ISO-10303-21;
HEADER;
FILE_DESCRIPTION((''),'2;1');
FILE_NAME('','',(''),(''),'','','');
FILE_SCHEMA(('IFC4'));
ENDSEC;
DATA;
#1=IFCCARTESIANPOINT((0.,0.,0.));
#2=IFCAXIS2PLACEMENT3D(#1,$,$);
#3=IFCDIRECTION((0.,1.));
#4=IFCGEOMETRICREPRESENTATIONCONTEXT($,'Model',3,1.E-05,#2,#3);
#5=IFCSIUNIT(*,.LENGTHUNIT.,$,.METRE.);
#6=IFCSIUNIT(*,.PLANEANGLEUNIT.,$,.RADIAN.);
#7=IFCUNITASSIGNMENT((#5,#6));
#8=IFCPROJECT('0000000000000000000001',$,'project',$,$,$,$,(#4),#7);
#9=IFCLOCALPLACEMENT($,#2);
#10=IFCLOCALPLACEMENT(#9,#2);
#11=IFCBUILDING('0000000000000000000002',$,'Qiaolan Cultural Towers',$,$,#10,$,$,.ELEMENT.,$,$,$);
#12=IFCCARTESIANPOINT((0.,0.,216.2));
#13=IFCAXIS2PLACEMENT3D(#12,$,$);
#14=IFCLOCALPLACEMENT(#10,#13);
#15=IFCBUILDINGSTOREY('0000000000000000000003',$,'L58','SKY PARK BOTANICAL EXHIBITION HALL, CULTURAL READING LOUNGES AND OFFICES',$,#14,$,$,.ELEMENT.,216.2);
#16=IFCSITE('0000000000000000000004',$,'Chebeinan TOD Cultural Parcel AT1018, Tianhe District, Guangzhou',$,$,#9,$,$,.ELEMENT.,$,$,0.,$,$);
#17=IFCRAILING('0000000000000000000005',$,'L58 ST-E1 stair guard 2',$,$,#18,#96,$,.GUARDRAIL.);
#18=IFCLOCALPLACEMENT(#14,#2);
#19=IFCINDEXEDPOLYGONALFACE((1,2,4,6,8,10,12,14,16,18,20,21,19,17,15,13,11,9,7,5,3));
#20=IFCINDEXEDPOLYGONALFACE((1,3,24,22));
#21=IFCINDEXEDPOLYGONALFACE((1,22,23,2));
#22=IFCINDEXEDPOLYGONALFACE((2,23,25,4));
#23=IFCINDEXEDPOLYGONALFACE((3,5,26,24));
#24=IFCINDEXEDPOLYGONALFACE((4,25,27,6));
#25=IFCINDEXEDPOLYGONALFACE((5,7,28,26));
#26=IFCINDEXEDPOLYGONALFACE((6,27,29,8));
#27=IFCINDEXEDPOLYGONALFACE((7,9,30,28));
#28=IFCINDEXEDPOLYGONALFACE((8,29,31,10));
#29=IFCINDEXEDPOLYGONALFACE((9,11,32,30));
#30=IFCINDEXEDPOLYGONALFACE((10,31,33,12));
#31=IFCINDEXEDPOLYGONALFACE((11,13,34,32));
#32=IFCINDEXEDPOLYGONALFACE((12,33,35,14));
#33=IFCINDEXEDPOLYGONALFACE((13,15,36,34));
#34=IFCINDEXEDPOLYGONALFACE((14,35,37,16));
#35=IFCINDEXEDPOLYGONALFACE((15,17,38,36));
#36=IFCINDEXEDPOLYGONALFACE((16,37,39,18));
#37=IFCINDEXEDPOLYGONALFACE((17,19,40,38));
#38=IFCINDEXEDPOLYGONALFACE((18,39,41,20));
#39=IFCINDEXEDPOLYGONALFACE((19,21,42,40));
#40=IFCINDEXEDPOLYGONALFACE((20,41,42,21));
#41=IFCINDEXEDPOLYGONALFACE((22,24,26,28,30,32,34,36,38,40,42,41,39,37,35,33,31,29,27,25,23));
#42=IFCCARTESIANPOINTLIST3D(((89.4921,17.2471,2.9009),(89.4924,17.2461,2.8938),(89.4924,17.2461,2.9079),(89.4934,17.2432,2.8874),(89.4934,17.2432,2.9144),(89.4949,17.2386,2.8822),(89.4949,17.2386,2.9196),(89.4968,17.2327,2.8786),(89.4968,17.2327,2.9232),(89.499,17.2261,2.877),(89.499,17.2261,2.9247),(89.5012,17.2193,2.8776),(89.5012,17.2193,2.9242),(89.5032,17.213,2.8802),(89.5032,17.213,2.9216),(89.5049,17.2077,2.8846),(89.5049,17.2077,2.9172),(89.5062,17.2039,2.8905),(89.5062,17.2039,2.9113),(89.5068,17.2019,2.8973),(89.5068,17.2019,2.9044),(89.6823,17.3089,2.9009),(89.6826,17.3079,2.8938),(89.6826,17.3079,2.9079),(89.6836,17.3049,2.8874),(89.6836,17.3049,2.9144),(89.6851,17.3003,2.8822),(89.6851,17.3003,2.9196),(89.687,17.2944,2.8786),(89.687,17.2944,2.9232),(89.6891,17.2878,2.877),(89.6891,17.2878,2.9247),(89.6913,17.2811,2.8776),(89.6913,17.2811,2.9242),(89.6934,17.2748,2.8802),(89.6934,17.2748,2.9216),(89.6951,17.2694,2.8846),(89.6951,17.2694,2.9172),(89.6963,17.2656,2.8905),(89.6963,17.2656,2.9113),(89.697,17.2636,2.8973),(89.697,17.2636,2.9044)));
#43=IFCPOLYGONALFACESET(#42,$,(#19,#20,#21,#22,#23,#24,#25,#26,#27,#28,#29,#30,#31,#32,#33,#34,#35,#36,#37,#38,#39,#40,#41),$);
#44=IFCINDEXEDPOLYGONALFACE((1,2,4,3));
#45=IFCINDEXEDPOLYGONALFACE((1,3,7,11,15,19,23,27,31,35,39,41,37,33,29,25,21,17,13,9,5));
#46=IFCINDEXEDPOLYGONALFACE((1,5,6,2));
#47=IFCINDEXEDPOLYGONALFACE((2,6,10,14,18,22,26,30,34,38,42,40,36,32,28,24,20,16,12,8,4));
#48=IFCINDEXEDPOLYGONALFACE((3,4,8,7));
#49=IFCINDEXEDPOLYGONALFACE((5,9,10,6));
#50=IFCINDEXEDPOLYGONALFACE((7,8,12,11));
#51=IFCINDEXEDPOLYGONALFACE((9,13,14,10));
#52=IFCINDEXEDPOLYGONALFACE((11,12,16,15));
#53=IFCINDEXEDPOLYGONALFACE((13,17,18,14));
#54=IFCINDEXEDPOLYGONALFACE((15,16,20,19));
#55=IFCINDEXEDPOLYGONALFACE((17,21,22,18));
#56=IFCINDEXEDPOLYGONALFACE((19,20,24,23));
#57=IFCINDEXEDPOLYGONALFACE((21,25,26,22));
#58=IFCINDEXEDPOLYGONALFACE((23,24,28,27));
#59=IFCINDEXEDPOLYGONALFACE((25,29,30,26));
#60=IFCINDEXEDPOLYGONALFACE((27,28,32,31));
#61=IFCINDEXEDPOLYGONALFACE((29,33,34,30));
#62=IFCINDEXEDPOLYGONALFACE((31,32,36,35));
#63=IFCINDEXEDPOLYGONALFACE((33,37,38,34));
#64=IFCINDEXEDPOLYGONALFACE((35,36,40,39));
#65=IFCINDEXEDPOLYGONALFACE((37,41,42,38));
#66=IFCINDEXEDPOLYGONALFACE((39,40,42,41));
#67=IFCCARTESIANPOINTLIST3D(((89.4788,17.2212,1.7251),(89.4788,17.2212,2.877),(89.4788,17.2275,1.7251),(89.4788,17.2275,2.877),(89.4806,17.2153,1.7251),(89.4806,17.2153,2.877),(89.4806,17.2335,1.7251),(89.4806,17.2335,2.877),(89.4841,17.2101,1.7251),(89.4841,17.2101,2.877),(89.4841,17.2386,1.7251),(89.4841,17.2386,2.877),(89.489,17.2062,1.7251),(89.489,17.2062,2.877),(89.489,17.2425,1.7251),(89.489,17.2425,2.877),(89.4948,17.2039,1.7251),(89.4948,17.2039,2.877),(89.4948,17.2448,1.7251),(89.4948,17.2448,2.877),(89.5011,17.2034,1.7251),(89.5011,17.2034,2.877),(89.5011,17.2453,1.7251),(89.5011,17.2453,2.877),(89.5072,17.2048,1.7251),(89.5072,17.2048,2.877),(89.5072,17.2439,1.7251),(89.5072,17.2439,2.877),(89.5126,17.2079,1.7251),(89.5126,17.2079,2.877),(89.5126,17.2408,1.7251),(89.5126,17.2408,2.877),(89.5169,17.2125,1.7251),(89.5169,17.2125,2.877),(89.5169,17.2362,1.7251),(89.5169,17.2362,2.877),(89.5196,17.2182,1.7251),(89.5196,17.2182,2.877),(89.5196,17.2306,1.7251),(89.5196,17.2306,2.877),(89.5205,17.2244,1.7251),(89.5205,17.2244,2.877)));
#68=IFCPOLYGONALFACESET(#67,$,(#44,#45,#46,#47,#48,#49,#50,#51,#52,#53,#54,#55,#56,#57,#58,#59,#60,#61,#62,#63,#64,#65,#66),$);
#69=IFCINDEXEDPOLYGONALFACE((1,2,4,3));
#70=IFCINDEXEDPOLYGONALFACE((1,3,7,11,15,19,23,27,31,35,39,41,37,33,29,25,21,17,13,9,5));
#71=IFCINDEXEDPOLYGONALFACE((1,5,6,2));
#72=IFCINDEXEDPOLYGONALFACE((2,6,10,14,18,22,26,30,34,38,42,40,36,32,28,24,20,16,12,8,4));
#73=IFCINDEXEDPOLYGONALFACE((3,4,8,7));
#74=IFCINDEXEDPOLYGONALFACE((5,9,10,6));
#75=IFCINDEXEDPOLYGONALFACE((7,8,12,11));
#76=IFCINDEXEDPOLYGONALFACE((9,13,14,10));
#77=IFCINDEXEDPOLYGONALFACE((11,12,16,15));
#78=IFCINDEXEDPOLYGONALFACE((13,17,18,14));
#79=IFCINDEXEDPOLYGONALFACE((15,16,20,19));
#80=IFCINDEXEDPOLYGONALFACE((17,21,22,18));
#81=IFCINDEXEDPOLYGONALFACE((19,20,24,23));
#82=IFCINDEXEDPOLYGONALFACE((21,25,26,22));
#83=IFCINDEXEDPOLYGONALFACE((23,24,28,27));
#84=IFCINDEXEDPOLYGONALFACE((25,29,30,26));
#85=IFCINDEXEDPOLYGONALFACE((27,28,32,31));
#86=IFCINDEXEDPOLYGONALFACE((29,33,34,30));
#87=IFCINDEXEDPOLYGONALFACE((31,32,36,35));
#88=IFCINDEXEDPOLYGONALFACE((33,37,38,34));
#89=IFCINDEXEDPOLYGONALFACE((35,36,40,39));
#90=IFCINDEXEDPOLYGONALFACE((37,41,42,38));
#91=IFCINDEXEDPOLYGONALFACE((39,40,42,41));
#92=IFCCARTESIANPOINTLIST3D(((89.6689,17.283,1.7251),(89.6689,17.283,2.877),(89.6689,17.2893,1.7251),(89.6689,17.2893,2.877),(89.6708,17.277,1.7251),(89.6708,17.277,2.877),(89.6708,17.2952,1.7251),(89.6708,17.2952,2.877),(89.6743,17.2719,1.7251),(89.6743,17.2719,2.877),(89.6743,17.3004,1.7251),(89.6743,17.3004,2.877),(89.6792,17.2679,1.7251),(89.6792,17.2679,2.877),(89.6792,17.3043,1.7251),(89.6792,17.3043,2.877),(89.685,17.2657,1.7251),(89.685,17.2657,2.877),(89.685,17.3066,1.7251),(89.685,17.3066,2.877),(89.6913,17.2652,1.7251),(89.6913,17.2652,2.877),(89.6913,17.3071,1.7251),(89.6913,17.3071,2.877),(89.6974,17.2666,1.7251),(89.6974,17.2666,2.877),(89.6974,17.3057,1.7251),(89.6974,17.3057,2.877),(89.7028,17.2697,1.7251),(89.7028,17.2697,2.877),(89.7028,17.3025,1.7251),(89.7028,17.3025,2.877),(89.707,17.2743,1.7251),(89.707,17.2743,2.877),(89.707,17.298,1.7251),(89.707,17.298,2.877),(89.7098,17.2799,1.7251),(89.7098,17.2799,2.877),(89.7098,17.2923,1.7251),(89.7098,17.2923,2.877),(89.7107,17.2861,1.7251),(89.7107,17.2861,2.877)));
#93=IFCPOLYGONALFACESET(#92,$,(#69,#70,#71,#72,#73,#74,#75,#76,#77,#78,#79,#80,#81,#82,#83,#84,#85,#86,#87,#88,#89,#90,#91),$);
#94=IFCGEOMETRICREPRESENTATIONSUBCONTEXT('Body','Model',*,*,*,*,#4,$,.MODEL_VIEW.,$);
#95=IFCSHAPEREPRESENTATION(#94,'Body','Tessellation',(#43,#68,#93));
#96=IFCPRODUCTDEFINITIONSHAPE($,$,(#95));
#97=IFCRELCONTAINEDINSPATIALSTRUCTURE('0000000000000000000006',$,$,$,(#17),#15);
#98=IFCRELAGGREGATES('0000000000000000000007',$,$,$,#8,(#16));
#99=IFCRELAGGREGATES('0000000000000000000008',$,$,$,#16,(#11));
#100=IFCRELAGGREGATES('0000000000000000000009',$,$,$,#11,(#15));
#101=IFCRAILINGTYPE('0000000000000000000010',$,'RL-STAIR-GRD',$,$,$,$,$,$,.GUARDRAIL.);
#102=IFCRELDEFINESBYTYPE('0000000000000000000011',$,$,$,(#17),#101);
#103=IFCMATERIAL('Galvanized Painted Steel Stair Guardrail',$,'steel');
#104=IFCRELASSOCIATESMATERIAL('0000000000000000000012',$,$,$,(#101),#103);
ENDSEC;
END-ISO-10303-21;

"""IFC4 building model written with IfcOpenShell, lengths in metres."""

from ifc_helpers import new_model, si_unit, direction, frame, origin, origin_2d, place, context, subcontext, project, spatial, circle, extrude, material, type_object, element, save


model = new_model("IFC4")

# Units and contexts
model_context = context("Model", 3, precision=1e-05, world=origin(), true_north=direction((0.0, 1.0)))
body_context = subcontext(model_context, "Body", "Model", "MODEL_VIEW")
ifc_project = project(units=[si_unit("LENGTHUNIT", "METRE"), si_unit("PLANEANGLEUNIT", "RADIAN")], contexts=[model_context])

# Site, building, storey
site_placement = place(None, origin())
site = spatial("IfcSite", under=ifc_project, at=site_placement, Name="Chebeinan TOD Cultural Parcel AT1018, Tianhe District, Guangzhou", CompositionType="ELEMENT", RefElevation=0.0)
building_placement = place(site_placement, origin())
building = spatial("IfcBuilding", under=site, at=building_placement, Name="Qiaolan Cultural Towers", CompositionType="ELEMENT")
storey_placement = place(building_placement, frame((0.0, 0.0, 216.2)))
storey = spatial("IfcBuildingStorey", under=building, at=storey_placement, Name="L58", Description="SKY PARK BOTANICAL EXHIBITION HALL, CULTURAL READING LOUNGES AND OFFICES", CompositionType="ELEMENT", Elevation=216.2)

# Railing
ifc_material_1 = material(Name="Galvanized Painted Steel Stair Guardrail", Category="steel")
railing_type_1 = type_object("IfcRailingType", Name="RL-STAIR-GRD", PredefinedType="GUARDRAIL", material=ifc_material_1)
railing_1_placement = place(storey_placement, frame((89.4995, 17.2244, 1.7251)))
element("IfcRailing", 1, at=railing_1_placement, inside=storey, type_object=railing_type_1, Name="L58 ST-E1 stair guard 2", PredefinedType="GUARDRAIL", context=body_context, shape_type="SweptSolid", body=[
    extrude(circle(Radius=0.0239, at=origin_2d()), frame((0.0, 0.0, 1.1758), z_axis=(0.951097, 0.308893, 0.0), x_axis=(-0.308893, 0.951097, 0.0)), (0.0, 0.0, 1.0), 0.2),
    extrude(circle(Radius=0.021, at=origin_2d()), origin(), (0.0, 0.0, 1.0), 1.1519),
    extrude(circle(Radius=0.021, at=origin_2d()), frame((0.1902, 0.0618, 0.0)), (0.0, 0.0, 1.0), 1.1519),
])

save(model, "model.ifc")
